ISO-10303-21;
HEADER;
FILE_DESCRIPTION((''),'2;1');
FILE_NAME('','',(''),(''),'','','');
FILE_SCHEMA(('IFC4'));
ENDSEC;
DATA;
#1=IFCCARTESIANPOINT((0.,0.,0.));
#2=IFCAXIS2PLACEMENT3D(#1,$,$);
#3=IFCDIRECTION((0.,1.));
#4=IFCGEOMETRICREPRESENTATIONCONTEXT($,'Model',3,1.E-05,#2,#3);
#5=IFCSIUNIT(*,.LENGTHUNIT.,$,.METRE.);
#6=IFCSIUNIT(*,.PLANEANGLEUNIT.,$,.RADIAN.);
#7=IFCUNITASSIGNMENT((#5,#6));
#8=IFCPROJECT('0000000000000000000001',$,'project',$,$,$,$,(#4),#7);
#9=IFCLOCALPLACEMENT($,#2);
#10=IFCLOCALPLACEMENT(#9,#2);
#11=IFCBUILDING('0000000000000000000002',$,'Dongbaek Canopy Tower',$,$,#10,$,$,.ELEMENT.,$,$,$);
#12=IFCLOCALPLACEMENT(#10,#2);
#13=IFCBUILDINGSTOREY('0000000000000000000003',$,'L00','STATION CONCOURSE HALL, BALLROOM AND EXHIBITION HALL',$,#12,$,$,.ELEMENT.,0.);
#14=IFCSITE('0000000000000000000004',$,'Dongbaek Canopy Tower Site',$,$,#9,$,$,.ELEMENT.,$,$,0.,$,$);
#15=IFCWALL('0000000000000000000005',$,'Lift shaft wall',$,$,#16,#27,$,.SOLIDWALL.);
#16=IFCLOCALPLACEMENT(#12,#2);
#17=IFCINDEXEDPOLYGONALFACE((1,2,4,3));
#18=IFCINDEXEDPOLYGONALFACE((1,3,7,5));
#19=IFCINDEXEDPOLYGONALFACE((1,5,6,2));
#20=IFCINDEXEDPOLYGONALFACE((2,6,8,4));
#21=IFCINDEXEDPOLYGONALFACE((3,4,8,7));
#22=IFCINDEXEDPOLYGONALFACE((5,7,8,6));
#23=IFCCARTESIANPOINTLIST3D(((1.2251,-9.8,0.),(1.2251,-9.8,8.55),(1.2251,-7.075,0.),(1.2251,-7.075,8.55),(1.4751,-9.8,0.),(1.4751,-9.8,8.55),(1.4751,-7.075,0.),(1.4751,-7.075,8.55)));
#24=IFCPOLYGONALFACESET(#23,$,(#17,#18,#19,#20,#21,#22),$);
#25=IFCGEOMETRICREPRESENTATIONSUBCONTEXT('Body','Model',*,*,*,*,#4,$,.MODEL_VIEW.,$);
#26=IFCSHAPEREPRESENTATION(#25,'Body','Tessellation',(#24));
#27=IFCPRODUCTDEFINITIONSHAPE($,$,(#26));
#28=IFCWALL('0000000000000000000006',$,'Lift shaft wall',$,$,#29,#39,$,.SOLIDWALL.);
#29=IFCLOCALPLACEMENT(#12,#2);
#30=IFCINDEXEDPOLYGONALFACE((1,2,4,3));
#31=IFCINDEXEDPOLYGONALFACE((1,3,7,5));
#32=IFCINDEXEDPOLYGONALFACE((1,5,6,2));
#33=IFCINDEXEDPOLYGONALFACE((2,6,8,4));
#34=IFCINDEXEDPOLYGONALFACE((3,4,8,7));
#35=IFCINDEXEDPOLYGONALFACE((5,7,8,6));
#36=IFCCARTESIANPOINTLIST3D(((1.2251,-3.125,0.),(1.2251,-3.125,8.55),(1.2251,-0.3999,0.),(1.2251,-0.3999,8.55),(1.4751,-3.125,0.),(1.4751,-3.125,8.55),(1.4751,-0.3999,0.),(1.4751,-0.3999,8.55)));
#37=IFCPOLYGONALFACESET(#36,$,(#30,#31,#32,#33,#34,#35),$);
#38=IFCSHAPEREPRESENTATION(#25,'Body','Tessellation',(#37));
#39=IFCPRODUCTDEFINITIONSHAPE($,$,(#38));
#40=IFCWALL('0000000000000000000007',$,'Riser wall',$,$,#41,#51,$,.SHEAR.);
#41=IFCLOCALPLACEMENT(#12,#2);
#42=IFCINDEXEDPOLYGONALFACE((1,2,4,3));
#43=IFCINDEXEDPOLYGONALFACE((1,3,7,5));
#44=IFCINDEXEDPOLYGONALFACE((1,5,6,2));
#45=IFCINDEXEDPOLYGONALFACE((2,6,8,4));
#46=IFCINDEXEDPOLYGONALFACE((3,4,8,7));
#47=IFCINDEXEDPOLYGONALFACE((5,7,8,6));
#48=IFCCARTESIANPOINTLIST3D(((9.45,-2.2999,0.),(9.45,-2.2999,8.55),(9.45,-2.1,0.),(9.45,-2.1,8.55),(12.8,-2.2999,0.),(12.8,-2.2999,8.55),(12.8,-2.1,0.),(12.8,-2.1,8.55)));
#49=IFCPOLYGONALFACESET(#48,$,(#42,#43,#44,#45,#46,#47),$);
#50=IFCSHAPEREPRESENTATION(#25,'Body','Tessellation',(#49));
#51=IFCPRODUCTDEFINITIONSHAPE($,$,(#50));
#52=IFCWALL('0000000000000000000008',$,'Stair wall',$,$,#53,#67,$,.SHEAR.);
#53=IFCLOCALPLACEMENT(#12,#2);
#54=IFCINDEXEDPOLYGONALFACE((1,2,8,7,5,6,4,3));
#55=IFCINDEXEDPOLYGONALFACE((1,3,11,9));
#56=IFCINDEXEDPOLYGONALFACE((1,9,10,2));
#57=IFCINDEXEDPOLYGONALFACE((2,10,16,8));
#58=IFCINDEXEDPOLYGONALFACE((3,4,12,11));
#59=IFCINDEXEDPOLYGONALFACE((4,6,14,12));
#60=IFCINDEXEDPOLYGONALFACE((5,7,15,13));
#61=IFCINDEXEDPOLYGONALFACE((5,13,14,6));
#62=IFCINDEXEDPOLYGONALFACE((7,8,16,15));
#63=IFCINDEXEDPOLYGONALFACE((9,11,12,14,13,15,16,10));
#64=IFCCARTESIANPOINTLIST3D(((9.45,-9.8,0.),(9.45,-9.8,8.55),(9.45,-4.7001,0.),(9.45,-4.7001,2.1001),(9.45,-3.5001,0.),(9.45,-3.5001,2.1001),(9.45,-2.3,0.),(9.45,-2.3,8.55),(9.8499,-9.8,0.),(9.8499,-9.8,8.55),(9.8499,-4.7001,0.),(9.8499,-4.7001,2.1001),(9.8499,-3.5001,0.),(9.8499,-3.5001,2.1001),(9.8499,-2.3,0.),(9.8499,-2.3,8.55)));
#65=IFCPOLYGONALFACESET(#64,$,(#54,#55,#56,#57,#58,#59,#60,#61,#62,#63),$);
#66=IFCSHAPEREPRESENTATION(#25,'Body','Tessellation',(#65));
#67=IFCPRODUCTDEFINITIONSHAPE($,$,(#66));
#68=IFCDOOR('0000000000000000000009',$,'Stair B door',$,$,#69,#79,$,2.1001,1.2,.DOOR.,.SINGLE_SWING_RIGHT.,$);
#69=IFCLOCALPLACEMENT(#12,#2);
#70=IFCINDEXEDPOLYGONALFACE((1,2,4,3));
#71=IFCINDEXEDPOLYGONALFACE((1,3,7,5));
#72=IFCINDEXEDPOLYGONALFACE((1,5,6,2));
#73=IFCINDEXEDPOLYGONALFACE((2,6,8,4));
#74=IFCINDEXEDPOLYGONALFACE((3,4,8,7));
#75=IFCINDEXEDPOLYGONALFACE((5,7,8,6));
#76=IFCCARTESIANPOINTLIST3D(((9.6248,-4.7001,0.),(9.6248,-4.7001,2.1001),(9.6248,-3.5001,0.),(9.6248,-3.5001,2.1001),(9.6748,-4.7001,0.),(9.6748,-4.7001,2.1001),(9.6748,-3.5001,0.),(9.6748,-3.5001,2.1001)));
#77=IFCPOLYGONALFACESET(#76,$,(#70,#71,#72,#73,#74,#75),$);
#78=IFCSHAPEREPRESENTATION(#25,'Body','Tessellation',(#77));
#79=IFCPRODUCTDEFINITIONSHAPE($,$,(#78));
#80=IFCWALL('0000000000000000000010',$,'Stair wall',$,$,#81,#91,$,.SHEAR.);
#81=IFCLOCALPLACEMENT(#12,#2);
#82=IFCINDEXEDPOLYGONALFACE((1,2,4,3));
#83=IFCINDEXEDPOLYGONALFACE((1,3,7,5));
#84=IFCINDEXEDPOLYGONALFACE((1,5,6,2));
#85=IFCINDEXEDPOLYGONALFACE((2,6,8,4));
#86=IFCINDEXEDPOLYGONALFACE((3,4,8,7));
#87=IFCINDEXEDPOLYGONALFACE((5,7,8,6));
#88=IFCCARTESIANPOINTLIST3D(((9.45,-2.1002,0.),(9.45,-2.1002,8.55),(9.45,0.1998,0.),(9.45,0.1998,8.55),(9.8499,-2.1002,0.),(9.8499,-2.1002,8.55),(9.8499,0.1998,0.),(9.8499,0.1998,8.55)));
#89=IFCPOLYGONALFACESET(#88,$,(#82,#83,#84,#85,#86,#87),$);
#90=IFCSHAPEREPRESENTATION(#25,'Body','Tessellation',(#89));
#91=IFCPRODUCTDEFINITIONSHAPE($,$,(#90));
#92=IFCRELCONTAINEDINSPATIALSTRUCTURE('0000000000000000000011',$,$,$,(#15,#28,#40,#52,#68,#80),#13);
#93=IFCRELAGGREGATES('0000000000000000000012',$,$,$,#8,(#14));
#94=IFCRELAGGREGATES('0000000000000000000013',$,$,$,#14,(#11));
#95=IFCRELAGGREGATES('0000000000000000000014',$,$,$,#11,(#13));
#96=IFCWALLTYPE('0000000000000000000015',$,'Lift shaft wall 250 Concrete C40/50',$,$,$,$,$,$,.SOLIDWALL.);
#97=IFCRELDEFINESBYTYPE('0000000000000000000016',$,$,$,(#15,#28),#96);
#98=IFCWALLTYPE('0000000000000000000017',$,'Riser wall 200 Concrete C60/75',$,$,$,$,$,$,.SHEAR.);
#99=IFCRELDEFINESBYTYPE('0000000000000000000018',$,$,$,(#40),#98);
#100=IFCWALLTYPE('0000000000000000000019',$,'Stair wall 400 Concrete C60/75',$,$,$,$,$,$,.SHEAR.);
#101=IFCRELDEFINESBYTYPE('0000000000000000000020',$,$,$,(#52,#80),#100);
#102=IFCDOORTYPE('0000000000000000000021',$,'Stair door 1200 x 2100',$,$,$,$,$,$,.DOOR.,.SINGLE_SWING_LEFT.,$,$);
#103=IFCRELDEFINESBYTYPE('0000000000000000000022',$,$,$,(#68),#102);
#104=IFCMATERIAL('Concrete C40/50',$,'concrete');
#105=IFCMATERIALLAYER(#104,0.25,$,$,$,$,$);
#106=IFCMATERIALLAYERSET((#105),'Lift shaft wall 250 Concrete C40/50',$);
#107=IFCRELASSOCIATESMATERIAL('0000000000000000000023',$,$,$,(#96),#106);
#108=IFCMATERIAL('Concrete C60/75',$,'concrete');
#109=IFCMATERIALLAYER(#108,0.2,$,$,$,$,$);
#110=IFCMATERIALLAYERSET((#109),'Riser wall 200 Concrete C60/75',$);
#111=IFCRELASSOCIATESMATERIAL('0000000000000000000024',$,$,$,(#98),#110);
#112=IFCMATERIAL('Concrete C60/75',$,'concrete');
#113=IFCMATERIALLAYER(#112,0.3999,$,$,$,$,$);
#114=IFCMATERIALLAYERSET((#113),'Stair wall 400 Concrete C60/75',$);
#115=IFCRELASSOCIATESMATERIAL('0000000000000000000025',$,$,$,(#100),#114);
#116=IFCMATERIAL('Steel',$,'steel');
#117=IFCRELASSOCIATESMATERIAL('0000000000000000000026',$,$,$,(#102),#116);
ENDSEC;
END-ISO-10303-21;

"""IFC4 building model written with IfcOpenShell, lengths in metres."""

from ifc_helpers import new_model, si_unit, direction, frame, frame_2d, origin, place, context, subcontext, project, spatial, rectangle, extrude, material, layer, layer_set, type_object, element, fill, save


model = new_model("IFC4")

# Units and contexts
model_context = context("Model", 3, precision=1e-05, world=origin(), true_north=direction((0.0, 1.0)))
body_context = subcontext(model_context, "Body", "Model", "MODEL_VIEW")
ifc_project = project(units=[si_unit("LENGTHUNIT", "METRE"), si_unit("PLANEANGLEUNIT", "RADIAN")], contexts=[model_context])

# Site, building, storey
site_placement = place(None, origin())
site = spatial("IfcSite", under=ifc_project, at=site_placement, Name="Dongbaek Canopy Tower Site", CompositionType="ELEMENT", RefElevation=0.0)
building_placement = place(site_placement, origin())
building = spatial("IfcBuilding", under=site, at=building_placement, Name="Dongbaek Canopy Tower", CompositionType="ELEMENT")
storey_placement = place(building_placement, origin())
storey = spatial("IfcBuildingStorey", under=building, at=storey_placement, Name="L00", Description="STATION CONCOURSE HALL, BALLROOM AND EXHIBITION HALL", CompositionType="ELEMENT", Elevation=0.0)

# Walls
ifc_material_1 = material(Name="Concrete C40/50", Category="concrete")
ifc_layer_1 = layer(ifc_material_1, 0.25)
ifc_layer_set_1 = layer_set([ifc_layer_1], Name="Lift shaft wall 250 Concrete C40/50")
wall_type_1 = type_object("IfcWallType", Name="Lift shaft wall 250 Concrete C40/50", PredefinedType="SOLIDWALL", material=ifc_layer_set_1)
for number, where, z_axis, x_axis, name in (
    (1, (1.3501, -9.8, 0.0), (0.0, 0.0, 1.0), (0.0, 1.0, 0.0), "Lift shaft wall"),
    (2, (1.3501, -3.125, 0.0), (0.0, 0.0, 1.0), (0.0, 1.0, 0.0), "Lift shaft wall"),
):
    element("IfcWall", number, at=place(storey_placement, frame(where, z_axis=z_axis, x_axis=x_axis)), inside=storey, type_object=wall_type_1, Name=name, PredefinedType="SOLIDWALL", context=body_context, shape_type="SweptSolid", body=[
        extrude(rectangle(XDim=2.7251, YDim=0.25, at=frame_2d((1.3625, 0.0))), origin(), (0.0, 0.0, 1.0), 8.55),
    ])
ifc_material_2 = material(Name="Concrete C60/75", Category="concrete")
ifc_layer_2 = layer(ifc_material_2, 0.2)
ifc_layer_set_2 = layer_set([ifc_layer_2], Name="Riser wall 200 Concrete C60/75")
wall_type_2 = type_object("IfcWallType", Name="Riser wall 200 Concrete C60/75", PredefinedType="SHEAR", material=ifc_layer_set_2)
wall_1_placement = place(storey_placement, frame((9.45, -2.2, 0.0), z_axis=(0.0, 0.0, 1.0), x_axis=(1.0, 0.0, 0.0)))
element("IfcWall", 3, at=wall_1_placement, inside=storey, type_object=wall_type_2, Name="Riser wall", PredefinedType="SHEAR", context=body_context, shape_type="SweptSolid", body=[
    extrude(rectangle(XDim=3.3501, YDim=0.2, at=frame_2d((1.675, 0.0))), origin(), (0.0, 0.0, 1.0), 8.55),
])

# Wall, opening, door
ifc_material_3 = material(Name="Concrete C60/75", Category="concrete")
ifc_layer_3 = layer(ifc_material_3, 0.3999)
ifc_layer_set_3 = layer_set([ifc_layer_3], Name="Stair wall 400 Concrete C60/75")
wall_type_3 = type_object("IfcWallType", Name="Stair wall 400 Concrete C60/75", PredefinedType="SHEAR", material=ifc_layer_set_3)
wall_2_placement = place(storey_placement, frame((9.6499, -2.3, 0.0), z_axis=(0.0, 0.0, 1.0), x_axis=(0.0, -1.0, 0.0)))
wall_2 = element("IfcWall", 4, at=wall_2_placement, inside=storey, type_object=wall_type_3, Name="Stair wall", PredefinedType="SHEAR", context=body_context, shape_type="SweptSolid", body=[
    extrude(rectangle(XDim=7.5, YDim=0.3999, at=frame_2d((3.75, 0.0))), origin(), (0.0, 0.0, 1.0), 8.55),
])
opening_1_placement = place(wall_2_placement, frame((1.2, 0.0, 0.0)))
opening_1 = element("IfcOpeningElement", 5, at=opening_1_placement, cuts=wall_2, PredefinedType="OPENING", context=body_context, shape_type="SweptSolid", body=[
    extrude(rectangle(XDim=1.2, YDim=2.1001, at=frame_2d((0.6001, 1.05))), frame((0.0, 0.21, 0.0), z_axis=(0.0, -1.0, 0.0), x_axis=(1.0, 0.0, 0.0)), (0.0, 0.0, 1.0), 0.4199),
])
ifc_material_4 = material(Name="Steel", Category="steel")
door_type_1 = type_object("IfcDoorType", Name="Stair door 1200 x 2100", OperationType="SINGLE_SWING_LEFT", PredefinedType="DOOR", material=ifc_material_4)
door_1_placement = place(opening_1_placement, origin())
door_1 = element("IfcDoor", 6, at=door_1_placement, inside=storey, type_object=door_type_1, Name="Stair B door", OperationType="SINGLE_SWING_RIGHT", OverallHeight=2.1001, OverallWidth=1.2, PredefinedType="DOOR", context=body_context, shape_type="SweptSolid", body=[
    extrude(rectangle(XDim=1.2, YDim=2.1001, at=frame_2d((0.6001, 1.05))), frame((0.0, 0.0249, 0.0), z_axis=(0.0, -1.0, 0.0), x_axis=(1.0, 0.0, 0.0)), (0.0, 0.0, 1.0), 0.05),
])
fill(opening_1, door_1)

# Wall
wall_3_placement = place(storey_placement, frame((9.6499, -2.1001, 0.0), z_axis=(0.0, 0.0, 1.0), x_axis=(0.0, 1.0, 0.0)))
element("IfcWall", 7, at=wall_3_placement, inside=storey, type_object=wall_type_3, Name="Stair wall", PredefinedType="SHEAR", context=body_context, shape_type="SweptSolid", body=[
    extrude(rectangle(XDim=2.3, YDim=0.3999, at=frame_2d((1.1499, 0.0))), origin(), (0.0, 0.0, 1.0), 8.55),
])

save(model, "model.ifc")
